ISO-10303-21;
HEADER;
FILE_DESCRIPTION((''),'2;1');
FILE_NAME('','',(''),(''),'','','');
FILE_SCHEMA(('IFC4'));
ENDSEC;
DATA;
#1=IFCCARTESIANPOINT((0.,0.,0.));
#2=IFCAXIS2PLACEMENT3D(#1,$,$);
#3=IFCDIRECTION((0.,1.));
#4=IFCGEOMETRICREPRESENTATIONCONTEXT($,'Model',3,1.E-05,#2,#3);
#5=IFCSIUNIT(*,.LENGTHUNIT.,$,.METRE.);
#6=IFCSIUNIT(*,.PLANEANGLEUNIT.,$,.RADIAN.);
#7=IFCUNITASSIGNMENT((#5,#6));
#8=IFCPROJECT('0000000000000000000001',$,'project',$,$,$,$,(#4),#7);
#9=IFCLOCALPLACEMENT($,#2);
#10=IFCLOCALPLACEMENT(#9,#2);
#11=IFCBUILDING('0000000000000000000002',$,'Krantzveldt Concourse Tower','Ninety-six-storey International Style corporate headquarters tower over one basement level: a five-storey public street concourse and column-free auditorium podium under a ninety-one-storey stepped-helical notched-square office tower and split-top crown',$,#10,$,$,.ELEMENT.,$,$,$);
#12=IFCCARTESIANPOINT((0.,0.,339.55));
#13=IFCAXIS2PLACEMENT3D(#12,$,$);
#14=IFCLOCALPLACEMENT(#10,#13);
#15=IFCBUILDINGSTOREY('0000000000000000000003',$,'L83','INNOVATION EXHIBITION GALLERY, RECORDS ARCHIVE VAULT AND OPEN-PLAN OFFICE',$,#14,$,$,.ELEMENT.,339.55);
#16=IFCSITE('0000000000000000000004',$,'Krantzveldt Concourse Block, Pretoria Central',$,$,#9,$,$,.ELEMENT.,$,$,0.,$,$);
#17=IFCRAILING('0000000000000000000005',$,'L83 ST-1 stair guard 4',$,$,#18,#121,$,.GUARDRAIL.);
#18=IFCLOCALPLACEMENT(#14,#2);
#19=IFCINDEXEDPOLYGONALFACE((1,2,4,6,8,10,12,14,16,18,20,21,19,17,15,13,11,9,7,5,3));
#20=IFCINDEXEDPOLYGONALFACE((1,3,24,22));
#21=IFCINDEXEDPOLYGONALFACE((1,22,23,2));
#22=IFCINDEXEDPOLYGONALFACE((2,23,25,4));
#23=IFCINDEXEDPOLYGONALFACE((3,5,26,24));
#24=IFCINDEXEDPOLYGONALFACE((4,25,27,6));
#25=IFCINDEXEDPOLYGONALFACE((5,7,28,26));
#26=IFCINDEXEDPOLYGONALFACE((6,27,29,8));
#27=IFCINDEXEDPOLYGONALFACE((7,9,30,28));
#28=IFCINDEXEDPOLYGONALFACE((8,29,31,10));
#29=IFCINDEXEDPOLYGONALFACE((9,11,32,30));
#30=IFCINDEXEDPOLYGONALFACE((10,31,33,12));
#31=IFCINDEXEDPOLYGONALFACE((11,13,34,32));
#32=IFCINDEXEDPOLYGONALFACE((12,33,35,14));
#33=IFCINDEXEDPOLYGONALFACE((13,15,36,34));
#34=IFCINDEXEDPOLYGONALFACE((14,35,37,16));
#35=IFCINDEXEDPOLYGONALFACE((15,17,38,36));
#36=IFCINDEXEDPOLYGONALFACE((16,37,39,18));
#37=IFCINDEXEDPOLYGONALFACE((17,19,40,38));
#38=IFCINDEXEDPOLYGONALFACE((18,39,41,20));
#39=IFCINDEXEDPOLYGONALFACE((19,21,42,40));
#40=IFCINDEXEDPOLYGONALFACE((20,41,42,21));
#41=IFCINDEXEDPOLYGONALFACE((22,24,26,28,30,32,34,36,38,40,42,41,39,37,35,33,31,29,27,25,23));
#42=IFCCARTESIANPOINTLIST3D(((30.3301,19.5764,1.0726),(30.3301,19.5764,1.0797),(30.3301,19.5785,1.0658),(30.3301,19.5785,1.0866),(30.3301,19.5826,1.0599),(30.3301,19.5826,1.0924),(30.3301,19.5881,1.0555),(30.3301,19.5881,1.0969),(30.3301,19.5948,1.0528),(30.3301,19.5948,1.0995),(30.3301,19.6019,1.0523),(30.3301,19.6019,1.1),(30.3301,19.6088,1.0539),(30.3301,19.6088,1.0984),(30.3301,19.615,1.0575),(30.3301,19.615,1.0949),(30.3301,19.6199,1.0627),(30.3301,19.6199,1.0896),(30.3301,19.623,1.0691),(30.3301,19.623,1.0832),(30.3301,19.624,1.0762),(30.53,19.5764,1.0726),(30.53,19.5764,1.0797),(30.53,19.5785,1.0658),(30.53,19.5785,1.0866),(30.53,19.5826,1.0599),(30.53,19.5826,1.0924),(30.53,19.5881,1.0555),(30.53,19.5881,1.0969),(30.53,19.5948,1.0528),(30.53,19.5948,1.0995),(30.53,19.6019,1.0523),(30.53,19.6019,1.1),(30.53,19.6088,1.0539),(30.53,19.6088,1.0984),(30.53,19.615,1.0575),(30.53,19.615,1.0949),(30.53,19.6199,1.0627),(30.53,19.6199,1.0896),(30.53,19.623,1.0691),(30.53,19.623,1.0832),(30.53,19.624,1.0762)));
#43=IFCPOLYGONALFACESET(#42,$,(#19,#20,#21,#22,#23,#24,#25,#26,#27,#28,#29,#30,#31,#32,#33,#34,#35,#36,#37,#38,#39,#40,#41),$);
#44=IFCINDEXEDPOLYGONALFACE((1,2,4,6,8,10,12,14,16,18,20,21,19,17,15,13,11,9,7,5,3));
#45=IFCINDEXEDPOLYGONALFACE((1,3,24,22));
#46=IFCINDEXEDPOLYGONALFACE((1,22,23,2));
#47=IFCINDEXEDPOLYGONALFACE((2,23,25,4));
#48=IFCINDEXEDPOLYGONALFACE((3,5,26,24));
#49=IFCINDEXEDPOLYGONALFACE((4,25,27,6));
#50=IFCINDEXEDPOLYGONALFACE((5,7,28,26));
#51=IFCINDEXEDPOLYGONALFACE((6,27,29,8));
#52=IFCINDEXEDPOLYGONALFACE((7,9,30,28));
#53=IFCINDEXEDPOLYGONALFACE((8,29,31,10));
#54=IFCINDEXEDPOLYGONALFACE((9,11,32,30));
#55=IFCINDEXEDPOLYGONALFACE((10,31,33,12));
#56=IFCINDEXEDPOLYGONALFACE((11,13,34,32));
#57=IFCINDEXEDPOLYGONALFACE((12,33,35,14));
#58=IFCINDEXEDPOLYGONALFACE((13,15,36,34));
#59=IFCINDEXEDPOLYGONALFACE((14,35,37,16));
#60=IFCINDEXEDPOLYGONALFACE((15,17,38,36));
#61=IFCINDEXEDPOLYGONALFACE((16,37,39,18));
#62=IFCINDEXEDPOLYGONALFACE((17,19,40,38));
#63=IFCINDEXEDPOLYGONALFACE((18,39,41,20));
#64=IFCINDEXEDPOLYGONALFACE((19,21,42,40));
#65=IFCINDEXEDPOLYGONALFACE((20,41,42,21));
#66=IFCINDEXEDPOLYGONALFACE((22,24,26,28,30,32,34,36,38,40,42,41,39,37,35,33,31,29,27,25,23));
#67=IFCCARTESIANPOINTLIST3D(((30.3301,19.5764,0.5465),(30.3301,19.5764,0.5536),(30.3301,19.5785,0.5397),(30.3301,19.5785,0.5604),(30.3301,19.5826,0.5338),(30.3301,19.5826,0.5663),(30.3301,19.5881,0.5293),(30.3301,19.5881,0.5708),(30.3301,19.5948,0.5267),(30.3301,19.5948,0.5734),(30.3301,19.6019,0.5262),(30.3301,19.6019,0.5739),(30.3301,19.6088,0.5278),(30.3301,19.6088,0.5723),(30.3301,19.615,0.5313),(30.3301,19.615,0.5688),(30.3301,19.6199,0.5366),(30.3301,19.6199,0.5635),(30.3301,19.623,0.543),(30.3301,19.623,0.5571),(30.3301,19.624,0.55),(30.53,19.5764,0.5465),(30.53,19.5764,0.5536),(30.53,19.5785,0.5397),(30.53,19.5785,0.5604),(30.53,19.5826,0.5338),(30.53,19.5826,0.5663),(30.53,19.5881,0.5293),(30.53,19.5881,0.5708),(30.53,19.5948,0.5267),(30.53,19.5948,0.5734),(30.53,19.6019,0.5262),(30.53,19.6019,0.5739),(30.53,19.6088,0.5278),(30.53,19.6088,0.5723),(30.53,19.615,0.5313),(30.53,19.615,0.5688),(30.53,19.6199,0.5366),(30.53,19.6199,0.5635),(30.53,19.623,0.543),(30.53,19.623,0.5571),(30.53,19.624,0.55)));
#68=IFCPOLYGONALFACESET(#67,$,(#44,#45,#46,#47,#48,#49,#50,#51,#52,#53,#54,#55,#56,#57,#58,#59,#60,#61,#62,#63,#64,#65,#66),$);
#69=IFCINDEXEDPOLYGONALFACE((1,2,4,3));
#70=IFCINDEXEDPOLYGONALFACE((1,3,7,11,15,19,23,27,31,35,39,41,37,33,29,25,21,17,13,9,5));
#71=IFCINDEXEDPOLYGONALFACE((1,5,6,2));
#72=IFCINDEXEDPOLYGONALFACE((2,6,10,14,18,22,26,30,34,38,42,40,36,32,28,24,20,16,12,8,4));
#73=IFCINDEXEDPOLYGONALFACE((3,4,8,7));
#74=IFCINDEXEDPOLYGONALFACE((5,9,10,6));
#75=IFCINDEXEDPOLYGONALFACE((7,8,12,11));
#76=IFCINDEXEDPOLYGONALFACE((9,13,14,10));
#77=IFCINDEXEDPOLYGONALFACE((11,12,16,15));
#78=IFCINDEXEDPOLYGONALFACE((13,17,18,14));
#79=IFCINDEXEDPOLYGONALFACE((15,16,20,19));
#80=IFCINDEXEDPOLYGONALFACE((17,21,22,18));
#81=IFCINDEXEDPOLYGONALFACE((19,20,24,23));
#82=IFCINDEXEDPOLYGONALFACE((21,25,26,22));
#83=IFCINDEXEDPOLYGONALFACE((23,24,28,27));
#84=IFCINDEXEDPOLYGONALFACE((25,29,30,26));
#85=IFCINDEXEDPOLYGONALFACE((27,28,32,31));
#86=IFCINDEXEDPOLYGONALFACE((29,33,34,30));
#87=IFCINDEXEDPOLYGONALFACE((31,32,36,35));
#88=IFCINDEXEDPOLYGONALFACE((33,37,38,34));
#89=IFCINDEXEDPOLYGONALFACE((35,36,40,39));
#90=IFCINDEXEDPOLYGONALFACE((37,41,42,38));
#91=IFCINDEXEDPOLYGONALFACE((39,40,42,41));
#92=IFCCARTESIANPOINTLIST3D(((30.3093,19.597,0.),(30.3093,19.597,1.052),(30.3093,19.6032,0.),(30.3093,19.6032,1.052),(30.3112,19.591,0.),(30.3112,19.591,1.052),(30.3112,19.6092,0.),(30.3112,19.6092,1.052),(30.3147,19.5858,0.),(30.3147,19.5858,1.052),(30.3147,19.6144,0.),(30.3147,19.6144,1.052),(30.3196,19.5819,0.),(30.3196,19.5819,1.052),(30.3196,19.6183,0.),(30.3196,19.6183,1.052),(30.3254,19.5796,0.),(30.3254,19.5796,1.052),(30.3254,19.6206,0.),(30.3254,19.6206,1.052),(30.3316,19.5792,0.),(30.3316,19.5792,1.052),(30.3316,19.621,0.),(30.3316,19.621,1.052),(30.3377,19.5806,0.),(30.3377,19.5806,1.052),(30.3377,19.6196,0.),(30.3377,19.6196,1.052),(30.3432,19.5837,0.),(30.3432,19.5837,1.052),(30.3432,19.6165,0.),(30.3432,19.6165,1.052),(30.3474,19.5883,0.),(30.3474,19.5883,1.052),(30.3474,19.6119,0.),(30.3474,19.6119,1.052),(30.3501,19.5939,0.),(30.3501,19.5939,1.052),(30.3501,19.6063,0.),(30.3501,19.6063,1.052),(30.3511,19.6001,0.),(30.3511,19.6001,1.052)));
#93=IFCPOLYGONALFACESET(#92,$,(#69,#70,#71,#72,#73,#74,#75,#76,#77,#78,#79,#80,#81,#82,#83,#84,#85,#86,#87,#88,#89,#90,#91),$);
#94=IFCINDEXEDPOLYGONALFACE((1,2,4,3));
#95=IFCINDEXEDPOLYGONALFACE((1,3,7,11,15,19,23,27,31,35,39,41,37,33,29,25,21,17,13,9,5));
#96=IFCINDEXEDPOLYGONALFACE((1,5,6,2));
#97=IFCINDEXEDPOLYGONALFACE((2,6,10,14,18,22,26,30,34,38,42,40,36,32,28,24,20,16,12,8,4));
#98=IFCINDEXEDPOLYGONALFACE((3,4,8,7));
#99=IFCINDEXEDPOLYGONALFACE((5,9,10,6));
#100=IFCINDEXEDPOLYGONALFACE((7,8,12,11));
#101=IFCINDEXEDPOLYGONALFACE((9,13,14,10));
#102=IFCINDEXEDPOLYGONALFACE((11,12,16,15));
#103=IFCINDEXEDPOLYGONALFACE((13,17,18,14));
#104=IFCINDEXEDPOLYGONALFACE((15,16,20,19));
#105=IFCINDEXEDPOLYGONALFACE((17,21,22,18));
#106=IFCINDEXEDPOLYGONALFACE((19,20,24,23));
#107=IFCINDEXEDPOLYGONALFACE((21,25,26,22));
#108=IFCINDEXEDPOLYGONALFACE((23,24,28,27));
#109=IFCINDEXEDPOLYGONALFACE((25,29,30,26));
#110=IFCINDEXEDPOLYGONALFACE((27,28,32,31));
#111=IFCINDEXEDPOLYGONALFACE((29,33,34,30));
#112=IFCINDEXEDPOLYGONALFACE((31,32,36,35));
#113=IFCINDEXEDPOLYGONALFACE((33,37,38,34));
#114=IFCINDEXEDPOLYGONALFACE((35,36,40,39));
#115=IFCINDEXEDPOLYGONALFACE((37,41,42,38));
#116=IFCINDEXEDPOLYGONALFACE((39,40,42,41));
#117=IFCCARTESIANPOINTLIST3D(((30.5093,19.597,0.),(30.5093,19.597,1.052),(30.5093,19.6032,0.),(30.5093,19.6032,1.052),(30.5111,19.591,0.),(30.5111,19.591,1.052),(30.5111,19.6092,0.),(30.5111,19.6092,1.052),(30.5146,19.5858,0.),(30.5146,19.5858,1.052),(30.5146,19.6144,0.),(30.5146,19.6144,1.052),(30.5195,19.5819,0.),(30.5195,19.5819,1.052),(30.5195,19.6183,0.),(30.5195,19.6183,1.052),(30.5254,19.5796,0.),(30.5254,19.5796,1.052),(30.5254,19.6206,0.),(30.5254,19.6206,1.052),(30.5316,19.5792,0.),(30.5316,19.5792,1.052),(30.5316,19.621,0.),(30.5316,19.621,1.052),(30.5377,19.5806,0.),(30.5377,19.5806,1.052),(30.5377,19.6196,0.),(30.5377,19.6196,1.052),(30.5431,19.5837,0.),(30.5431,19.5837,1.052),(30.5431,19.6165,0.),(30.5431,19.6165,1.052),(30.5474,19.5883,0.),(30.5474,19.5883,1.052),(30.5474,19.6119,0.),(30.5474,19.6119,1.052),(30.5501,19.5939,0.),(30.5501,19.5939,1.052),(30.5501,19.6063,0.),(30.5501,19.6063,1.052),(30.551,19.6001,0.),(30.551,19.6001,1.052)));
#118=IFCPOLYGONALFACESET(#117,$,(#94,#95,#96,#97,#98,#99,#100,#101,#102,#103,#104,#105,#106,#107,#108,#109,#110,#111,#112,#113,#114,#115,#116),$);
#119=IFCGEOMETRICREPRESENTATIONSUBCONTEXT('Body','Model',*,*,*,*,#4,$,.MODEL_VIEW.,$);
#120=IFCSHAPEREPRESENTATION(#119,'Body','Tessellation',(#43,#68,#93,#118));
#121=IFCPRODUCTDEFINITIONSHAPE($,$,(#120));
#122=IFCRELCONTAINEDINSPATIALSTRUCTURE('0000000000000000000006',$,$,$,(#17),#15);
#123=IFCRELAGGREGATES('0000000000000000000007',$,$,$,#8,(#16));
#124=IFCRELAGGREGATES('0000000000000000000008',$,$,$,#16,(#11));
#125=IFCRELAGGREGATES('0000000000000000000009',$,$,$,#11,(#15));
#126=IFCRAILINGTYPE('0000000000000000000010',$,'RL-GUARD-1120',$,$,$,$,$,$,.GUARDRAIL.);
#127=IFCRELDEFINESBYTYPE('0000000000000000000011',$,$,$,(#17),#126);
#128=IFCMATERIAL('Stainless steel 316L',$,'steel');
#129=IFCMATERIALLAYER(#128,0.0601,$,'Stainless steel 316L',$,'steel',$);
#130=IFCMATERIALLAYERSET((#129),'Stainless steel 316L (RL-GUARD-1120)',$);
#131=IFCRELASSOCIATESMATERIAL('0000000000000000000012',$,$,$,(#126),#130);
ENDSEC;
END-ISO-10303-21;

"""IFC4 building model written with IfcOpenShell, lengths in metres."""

from ifc_helpers import new_model, si_unit, direction, frame, origin, origin_2d, place, context, subcontext, project, spatial, circle, extrude, material, layer, layer_set, type_object, element, save


model = new_model("IFC4")

# Units and contexts
model_context = context("Model", 3, precision=1e-05, world=origin(), true_north=direction((0.0, 1.0)))
body_context = subcontext(model_context, "Body", "Model", "MODEL_VIEW")
ifc_project = project(units=[si_unit("LENGTHUNIT", "METRE"), si_unit("PLANEANGLEUNIT", "RADIAN")], contexts=[model_context])

# Site, building, storey
site_placement = place(None, origin())
site = spatial("IfcSite", under=ifc_project, at=site_placement, Name="Krantzveldt Concourse Block, Pretoria Central", CompositionType="ELEMENT", RefElevation=0.0)
building_placement = place(site_placement, origin())
building = spatial("IfcBuilding", under=site, at=building_placement, Name="Krantzveldt Concourse Tower", Description="Ninety-six-storey International Style corporate headquarters tower over one basement level: a five-storey public street concourse and column-free auditorium podium under a ninety-one-storey stepped-helical notched-square office tower and split-top crown", CompositionType="ELEMENT")
storey_placement = place(building_placement, frame((0.0, 0.0, 339.55)))
storey = spatial("IfcBuildingStorey", under=building, at=storey_placement, Name="L83", Description="INNOVATION EXHIBITION GALLERY, RECORDS ARCHIVE VAULT AND OPEN-PLAN OFFICE", CompositionType="ELEMENT", Elevation=339.55)

# Railing
ifc_material_1 = material(Name="Stainless steel 316L", Category="steel")
ifc_layer_1 = layer(ifc_material_1, 0.0601, Name="Stainless steel 316L", Category="steel")
ifc_layer_set_1 = layer_set([ifc_layer_1], Name="Stainless steel 316L (RL-GUARD-1120)")
railing_type_1 = type_object("IfcRailingType", Name="RL-GUARD-1120", PredefinedType="GUARDRAIL", material=ifc_layer_set_1)
railing_1_placement = place(storey_placement, frame((30.3301, 19.6001, 0.0)))
element("IfcRailing", 1, at=railing_1_placement, inside=storey, type_object=railing_type_1, Name="L83 ST-1 stair guard 4", PredefinedType="GUARDRAIL", context=body_context, shape_type="SweptSolid", body=[
    extrude(circle(Radius=0.0239, at=origin_2d()), frame((0.0, 0.0, 1.0762), z_axis=(1.0, 0.0, 0.0), x_axis=(0.0, 1.0, 0.0)), (0.0, 0.0, 1.0), 0.2),
    extrude(circle(Radius=0.0239, at=origin_2d()), frame((0.0, 0.0, 0.55), z_axis=(1.0, 0.0, 0.0), x_axis=(0.0, 1.0, 0.0)), (0.0, 0.0, 1.0), 0.2),
    extrude(circle(Radius=0.021, at=origin_2d()), origin(), (0.0, 0.0, 1.0), 1.052),
    extrude(circle(Radius=0.021, at=origin_2d()), frame((0.2, 0.0, 0.0)), (0.0, 0.0, 1.0), 1.052),
])

save(model, "model.ifc")
